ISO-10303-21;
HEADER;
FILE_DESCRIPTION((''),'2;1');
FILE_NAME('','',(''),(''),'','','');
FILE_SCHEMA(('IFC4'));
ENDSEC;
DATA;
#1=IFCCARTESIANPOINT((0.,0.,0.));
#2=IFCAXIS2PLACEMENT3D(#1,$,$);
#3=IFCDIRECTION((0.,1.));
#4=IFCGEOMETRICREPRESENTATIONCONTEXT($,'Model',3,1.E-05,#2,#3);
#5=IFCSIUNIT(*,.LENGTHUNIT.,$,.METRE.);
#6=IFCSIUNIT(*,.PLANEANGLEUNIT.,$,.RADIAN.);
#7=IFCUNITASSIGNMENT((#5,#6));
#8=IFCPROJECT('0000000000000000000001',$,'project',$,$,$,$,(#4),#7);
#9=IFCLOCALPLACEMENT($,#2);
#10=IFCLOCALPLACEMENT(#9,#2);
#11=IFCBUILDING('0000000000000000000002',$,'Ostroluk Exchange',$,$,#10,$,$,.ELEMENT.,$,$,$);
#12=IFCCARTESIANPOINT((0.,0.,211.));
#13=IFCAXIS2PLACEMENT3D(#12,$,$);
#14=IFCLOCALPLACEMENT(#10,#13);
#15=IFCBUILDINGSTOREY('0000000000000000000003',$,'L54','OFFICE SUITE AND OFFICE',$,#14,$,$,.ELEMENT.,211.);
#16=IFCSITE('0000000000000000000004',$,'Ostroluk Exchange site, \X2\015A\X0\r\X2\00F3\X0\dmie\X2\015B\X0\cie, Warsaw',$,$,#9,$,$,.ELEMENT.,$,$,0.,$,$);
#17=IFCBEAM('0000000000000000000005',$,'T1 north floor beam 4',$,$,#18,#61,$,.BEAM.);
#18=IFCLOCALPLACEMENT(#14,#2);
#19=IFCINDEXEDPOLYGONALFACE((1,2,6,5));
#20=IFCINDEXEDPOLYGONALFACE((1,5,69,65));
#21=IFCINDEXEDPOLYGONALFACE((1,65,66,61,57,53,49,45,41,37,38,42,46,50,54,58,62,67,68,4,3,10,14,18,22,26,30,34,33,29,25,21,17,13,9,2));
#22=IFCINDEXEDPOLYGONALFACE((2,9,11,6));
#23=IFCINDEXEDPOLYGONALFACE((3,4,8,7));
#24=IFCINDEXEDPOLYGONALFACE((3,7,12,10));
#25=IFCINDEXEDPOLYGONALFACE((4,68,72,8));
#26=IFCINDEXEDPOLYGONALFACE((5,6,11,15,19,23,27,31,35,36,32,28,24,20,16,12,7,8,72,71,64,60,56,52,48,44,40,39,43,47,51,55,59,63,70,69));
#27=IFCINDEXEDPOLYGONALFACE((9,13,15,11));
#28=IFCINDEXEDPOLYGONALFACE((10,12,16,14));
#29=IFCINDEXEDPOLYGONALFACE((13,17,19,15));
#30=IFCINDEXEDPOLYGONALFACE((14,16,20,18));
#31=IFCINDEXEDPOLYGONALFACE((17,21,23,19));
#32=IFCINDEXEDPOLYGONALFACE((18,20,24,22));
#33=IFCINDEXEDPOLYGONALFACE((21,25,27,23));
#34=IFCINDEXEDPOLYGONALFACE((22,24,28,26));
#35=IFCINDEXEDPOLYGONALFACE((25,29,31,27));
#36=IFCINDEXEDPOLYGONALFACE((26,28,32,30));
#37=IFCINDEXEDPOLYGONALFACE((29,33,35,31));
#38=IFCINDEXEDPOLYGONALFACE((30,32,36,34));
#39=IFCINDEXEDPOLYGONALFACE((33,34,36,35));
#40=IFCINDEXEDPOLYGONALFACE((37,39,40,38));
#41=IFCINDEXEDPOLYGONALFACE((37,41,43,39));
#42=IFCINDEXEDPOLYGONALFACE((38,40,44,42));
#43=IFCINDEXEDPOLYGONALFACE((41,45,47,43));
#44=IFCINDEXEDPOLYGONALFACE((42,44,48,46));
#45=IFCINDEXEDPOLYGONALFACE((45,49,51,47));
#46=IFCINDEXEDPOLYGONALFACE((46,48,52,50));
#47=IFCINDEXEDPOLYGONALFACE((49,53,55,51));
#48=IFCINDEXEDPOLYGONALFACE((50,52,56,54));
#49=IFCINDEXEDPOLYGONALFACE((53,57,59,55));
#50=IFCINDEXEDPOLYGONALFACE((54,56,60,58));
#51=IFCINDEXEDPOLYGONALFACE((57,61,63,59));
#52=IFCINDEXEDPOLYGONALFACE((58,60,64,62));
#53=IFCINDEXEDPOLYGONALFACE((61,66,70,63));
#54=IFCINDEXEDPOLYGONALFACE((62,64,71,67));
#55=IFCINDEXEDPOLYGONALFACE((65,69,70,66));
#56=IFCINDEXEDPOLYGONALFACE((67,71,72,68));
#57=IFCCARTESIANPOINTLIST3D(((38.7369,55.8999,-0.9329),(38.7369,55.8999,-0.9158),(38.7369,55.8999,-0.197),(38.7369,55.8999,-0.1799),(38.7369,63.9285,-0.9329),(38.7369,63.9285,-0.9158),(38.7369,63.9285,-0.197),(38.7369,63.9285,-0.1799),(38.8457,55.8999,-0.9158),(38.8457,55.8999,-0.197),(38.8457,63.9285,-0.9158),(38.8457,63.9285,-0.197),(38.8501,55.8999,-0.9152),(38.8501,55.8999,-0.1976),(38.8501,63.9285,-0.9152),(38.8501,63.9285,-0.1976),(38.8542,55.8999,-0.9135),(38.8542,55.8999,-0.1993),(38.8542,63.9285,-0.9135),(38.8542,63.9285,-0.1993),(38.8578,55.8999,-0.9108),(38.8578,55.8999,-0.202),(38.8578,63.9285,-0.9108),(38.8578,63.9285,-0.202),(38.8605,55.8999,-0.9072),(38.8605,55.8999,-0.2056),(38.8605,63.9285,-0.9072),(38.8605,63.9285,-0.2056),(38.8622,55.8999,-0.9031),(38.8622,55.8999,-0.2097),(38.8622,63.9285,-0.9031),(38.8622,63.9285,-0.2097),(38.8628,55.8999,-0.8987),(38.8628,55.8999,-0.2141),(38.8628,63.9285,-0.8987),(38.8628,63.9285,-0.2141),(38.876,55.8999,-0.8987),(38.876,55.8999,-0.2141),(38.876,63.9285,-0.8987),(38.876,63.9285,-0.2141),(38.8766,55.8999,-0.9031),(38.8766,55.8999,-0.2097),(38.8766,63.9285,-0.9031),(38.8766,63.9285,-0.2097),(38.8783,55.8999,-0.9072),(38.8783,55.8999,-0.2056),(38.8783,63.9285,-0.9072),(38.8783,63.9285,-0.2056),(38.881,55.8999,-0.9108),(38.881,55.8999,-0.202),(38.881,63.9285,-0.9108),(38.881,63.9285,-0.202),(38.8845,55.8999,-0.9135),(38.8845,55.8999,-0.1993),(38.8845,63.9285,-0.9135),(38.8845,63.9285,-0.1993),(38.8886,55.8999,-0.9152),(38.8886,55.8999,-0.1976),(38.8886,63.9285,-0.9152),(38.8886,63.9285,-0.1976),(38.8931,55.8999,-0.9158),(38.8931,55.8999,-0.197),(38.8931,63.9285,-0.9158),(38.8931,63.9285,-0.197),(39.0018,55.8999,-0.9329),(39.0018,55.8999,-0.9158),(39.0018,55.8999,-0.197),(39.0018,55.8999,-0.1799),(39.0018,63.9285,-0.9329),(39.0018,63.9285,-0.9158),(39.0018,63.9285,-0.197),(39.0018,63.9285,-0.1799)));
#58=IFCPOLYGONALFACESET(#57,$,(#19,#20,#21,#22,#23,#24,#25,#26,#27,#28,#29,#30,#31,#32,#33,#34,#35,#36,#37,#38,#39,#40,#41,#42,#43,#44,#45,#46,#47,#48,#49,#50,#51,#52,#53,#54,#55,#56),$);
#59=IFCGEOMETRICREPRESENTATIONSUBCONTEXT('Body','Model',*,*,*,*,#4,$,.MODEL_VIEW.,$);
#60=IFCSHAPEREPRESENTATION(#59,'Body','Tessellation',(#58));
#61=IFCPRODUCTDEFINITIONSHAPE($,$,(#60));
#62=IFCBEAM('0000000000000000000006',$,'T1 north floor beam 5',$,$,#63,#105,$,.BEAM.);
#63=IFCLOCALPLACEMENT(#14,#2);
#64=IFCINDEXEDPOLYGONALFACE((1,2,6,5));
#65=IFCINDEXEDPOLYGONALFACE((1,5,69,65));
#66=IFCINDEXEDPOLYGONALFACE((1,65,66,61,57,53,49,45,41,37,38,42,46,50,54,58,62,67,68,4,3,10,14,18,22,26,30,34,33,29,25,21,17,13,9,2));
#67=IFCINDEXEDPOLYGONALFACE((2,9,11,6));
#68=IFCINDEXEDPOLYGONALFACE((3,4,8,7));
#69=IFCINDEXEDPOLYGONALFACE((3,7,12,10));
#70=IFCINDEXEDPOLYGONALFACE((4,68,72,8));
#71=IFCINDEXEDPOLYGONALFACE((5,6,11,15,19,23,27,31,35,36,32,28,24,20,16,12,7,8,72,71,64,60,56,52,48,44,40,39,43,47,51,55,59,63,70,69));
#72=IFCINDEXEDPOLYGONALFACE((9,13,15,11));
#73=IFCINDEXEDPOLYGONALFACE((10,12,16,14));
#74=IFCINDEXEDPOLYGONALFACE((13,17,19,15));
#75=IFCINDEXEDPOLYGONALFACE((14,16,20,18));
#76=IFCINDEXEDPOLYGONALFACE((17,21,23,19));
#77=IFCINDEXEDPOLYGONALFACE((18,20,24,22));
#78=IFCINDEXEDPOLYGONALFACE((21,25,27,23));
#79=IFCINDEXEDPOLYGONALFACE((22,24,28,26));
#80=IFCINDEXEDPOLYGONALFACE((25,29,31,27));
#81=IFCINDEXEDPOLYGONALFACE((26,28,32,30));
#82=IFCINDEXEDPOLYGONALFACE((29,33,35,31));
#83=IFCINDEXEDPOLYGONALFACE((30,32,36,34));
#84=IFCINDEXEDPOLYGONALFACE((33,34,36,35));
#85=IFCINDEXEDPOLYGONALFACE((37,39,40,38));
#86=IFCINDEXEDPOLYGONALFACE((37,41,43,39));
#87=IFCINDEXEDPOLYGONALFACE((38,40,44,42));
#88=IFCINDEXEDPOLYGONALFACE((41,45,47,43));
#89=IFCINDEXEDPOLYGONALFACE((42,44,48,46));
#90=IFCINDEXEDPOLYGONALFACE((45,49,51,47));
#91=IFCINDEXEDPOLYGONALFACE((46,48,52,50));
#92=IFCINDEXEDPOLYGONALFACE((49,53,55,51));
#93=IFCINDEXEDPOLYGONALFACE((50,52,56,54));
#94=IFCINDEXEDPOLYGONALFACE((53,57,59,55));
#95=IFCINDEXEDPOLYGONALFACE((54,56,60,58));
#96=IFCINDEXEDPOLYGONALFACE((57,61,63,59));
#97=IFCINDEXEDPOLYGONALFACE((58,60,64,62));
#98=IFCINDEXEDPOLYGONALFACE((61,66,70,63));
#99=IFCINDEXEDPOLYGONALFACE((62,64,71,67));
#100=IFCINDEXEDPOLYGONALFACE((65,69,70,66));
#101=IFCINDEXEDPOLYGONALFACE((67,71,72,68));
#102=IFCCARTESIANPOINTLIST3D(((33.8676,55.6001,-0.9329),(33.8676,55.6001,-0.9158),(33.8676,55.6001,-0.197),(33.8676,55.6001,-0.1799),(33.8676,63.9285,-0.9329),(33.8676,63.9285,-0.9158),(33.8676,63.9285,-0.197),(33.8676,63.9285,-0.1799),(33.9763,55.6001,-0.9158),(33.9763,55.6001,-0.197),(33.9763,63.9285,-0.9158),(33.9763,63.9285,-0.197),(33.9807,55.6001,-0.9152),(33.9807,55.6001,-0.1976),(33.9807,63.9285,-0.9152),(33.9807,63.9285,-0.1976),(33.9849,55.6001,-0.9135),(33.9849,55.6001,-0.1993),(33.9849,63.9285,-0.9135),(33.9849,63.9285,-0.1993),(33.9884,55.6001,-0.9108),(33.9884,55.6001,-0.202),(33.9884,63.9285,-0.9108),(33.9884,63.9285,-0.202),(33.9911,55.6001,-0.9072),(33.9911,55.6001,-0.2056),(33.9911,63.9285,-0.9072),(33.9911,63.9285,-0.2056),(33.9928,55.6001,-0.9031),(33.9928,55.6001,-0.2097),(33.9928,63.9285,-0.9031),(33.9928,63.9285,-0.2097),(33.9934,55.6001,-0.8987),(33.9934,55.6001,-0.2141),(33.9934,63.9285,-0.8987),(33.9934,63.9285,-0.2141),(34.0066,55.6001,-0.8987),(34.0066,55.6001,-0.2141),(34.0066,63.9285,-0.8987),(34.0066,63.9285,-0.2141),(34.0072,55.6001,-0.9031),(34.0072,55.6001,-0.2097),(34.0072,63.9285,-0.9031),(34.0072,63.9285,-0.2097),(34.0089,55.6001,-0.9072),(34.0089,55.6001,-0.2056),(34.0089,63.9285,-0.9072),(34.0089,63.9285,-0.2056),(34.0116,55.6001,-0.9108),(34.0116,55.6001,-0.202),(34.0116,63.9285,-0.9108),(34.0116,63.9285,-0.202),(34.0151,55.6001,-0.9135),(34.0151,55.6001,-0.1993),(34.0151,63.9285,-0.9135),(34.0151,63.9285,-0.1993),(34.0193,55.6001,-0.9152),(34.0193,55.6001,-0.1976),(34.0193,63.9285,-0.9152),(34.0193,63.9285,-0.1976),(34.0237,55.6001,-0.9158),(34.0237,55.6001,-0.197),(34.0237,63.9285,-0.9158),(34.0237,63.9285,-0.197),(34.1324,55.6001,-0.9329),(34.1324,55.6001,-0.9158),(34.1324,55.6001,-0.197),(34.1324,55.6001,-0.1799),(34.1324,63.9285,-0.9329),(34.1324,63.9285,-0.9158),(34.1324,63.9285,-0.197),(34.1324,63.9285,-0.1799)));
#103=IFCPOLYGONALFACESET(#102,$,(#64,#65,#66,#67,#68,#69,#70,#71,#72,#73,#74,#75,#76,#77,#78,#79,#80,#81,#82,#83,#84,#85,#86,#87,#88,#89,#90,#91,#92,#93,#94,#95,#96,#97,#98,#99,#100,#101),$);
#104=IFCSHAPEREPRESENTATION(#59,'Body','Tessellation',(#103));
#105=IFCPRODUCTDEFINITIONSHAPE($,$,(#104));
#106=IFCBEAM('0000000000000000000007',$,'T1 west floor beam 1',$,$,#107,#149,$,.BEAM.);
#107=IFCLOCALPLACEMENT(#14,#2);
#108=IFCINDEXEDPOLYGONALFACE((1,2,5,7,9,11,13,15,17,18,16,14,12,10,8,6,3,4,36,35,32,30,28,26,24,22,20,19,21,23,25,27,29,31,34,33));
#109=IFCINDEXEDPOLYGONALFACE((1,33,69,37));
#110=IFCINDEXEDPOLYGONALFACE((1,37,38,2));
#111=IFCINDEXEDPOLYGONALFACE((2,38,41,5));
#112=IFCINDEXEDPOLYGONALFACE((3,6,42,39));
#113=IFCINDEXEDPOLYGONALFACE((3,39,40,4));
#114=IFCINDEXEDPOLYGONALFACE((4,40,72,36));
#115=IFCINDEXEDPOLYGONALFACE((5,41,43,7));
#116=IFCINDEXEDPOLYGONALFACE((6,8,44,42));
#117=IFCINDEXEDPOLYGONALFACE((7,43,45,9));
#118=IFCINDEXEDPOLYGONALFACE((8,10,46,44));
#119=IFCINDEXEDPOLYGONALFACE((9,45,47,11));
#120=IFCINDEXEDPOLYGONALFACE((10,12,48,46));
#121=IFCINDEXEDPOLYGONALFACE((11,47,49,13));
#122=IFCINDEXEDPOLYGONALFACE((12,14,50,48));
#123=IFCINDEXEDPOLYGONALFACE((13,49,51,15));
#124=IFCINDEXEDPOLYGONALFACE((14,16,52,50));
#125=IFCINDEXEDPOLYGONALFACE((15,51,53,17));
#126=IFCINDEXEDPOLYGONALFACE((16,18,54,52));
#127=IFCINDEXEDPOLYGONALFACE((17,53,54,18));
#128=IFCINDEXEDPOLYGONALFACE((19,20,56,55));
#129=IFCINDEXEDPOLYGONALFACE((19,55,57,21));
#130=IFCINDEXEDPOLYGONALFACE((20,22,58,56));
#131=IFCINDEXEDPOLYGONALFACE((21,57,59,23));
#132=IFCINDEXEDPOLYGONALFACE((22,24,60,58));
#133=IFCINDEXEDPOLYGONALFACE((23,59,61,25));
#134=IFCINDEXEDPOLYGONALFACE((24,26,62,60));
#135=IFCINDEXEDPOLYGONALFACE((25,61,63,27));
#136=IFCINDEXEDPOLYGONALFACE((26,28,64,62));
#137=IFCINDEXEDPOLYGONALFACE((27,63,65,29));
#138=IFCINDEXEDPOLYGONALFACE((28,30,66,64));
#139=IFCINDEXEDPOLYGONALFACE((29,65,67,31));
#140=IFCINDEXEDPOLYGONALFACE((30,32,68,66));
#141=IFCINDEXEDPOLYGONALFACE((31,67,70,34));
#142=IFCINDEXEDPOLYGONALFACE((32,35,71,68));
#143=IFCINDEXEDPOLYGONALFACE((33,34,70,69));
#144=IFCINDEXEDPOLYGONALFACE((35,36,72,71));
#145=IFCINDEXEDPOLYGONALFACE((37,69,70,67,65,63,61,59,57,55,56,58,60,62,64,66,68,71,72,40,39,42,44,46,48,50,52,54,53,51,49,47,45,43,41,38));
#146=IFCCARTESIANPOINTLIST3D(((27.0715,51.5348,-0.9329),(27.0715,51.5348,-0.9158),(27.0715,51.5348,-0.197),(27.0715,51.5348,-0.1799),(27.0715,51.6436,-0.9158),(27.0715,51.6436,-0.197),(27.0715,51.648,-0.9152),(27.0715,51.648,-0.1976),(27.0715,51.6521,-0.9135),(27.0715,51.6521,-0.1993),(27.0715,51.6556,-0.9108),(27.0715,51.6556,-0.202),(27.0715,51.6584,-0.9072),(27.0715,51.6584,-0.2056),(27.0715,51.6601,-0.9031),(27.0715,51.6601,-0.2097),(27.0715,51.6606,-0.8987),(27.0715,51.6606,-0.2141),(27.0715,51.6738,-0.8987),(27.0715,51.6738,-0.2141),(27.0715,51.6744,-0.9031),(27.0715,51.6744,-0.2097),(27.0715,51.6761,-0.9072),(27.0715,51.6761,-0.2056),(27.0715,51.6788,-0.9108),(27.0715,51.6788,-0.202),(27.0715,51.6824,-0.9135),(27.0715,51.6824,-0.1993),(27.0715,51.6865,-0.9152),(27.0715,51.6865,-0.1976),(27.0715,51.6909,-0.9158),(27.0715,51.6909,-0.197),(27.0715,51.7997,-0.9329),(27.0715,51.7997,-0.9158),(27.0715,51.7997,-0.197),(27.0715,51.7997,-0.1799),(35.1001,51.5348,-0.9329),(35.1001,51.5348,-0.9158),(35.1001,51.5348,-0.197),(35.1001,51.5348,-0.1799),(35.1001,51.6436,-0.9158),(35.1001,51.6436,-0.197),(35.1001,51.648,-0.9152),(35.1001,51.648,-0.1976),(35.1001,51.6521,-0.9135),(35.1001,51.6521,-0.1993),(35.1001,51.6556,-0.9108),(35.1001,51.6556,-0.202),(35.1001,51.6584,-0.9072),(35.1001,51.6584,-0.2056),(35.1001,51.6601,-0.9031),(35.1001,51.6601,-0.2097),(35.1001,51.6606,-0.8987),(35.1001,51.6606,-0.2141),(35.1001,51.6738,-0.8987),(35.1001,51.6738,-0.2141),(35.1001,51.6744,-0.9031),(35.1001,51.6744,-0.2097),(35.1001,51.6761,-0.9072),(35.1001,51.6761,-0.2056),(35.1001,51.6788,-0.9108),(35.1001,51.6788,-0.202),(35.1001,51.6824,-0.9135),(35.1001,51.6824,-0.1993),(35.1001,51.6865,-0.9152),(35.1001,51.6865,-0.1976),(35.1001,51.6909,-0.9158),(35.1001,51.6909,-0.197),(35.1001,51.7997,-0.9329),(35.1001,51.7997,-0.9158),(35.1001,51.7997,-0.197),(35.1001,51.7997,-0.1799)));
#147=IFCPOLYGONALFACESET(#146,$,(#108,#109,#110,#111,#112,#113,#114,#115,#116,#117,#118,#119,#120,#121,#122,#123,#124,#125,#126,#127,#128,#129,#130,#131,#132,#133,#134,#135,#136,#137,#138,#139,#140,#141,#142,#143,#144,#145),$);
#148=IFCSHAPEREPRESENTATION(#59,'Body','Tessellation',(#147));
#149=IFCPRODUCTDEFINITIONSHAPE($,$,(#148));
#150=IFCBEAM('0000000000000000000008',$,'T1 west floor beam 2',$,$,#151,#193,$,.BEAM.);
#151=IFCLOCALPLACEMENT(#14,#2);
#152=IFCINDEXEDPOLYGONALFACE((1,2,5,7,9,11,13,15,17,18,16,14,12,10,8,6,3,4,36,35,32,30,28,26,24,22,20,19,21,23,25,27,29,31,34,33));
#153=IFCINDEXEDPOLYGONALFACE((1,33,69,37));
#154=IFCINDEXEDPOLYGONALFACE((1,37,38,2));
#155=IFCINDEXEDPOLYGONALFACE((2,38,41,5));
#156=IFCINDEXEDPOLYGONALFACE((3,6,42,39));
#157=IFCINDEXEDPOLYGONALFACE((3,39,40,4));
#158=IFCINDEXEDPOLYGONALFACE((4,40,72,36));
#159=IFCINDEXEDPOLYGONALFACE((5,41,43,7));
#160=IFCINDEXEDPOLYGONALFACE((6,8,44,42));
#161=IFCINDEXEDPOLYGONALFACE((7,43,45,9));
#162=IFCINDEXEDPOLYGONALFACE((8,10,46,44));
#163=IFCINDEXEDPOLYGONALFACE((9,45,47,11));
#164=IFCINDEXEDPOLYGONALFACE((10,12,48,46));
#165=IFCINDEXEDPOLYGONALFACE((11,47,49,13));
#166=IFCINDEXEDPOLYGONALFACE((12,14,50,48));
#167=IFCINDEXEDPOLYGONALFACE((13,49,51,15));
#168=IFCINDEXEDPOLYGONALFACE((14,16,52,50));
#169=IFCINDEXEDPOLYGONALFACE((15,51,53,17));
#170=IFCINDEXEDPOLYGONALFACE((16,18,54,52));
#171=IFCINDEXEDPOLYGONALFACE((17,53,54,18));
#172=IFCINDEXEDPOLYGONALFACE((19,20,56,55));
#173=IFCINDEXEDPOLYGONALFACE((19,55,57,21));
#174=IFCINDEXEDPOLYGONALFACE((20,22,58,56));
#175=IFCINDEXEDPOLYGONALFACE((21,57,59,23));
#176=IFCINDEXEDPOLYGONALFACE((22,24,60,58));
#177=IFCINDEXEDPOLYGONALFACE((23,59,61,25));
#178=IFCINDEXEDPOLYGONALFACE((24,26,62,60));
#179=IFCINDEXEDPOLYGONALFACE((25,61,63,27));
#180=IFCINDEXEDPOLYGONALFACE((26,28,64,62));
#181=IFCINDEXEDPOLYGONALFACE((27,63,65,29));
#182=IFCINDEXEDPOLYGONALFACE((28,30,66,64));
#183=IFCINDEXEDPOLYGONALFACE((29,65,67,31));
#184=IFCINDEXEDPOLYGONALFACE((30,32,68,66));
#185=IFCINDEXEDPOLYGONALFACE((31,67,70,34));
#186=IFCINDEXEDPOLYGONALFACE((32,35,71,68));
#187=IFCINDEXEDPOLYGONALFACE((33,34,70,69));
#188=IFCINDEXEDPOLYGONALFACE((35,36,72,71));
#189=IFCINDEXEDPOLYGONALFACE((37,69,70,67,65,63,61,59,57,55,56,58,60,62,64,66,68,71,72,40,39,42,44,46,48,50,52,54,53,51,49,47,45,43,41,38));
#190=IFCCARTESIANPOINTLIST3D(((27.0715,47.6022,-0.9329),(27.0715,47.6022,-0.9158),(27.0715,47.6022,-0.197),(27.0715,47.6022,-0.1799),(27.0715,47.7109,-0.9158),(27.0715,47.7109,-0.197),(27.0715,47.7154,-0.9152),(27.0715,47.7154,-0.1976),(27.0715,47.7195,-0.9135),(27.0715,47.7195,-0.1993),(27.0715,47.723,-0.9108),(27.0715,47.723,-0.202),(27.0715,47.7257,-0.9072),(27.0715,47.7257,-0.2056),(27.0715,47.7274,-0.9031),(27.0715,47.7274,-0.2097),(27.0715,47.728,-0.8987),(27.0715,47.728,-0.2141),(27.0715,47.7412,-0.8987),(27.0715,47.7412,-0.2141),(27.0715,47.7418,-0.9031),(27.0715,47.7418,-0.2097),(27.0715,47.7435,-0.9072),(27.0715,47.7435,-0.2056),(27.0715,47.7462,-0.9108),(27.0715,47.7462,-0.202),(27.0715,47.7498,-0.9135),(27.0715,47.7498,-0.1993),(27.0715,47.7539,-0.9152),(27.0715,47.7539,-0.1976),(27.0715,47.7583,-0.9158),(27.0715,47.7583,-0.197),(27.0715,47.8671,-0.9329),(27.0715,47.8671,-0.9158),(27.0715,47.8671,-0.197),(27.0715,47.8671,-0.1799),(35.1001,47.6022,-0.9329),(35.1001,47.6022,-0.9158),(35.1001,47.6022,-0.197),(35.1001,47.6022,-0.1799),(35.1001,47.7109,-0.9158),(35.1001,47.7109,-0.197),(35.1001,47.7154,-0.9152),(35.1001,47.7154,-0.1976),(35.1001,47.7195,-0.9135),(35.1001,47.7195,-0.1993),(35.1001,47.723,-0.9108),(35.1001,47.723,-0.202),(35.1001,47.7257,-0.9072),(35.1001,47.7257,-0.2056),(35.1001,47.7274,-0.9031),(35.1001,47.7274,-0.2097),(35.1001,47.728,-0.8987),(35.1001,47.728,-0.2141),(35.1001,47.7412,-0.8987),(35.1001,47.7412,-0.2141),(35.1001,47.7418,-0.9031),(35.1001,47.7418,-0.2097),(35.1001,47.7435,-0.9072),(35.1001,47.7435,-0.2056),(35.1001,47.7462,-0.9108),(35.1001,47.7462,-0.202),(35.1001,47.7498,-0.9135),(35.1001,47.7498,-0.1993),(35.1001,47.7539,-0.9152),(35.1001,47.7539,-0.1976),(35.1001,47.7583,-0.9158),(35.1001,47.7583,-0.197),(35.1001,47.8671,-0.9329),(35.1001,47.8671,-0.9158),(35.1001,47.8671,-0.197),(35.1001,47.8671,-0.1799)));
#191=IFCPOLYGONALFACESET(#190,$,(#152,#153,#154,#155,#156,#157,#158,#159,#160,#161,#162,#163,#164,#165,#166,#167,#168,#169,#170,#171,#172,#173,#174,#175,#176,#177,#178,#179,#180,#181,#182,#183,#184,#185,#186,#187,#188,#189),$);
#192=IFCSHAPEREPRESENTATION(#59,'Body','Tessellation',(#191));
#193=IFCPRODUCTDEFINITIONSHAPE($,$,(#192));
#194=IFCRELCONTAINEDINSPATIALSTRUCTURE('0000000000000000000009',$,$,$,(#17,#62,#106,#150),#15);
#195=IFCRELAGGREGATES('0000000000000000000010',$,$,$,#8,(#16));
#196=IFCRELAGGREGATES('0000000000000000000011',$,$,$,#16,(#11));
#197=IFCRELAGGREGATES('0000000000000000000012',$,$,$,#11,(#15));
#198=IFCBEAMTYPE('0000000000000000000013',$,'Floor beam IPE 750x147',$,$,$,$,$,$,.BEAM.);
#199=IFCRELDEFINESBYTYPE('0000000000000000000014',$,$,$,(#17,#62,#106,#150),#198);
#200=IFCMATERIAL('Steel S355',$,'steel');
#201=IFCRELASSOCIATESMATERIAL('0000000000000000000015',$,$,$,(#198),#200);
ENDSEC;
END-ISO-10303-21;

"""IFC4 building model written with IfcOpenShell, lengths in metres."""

from ifc_helpers import new_model, si_unit, direction, frame, origin, origin_2d, place, context, subcontext, project, spatial, i_section, extrude, material, material_profile, profile_set, type_object, element, save


model = new_model("IFC4")

# Units and contexts
model_context = context("Model", 3, precision=1e-05, world=origin(), true_north=direction((0.0, 1.0)))
body_context = subcontext(model_context, "Body", "Model", "MODEL_VIEW")
ifc_project = project(units=[si_unit("LENGTHUNIT", "METRE"), si_unit("PLANEANGLEUNIT", "RADIAN")], contexts=[model_context])

# Site, building, storey
site_placement = place(None, origin())
site = spatial("IfcSite", under=ifc_project, at=site_placement, Name="Ostroluk Exchange site, Śródmieście, Warsaw", CompositionType="ELEMENT", RefElevation=0.0)
building_placement = place(site_placement, origin())
building = spatial("IfcBuilding", under=site, at=building_placement, Name="Ostroluk Exchange", CompositionType="ELEMENT")
storey_placement = place(building_placement, frame((0.0, 0.0, 211.0)))
storey = spatial("IfcBuildingStorey", under=building, at=storey_placement, Name="L54", Description="OFFICE SUITE AND OFFICE", CompositionType="ELEMENT", Elevation=211.0)

# Beams
ifc_material_1 = material(Name="Steel S355", Category="steel")
ifc_material_profile_1 = material_profile(ifc_material_1, i_section(OverallWidth=0.2649, OverallDepth=0.7529, WebThickness=0.0132, FlangeThickness=0.0171, FilletRadius=0.0171, at=origin_2d()), Name="IPE 750x147")
ifc_profile_set_1 = profile_set([ifc_material_profile_1], Name="Steel S355")
beam_type_1 = type_object("IfcBeamType", Name="Floor beam IPE 750x147", PredefinedType="BEAM", material=ifc_profile_set_1)
beam_1_placement = place(storey_placement, frame((38.8694, 55.8999, -0.5564), z_axis=(0.0, 1.0, 0.0), x_axis=(-1.0, 0.0, 0.0)))
element("IfcBeam", 1, at=beam_1_placement, inside=storey, type_object=beam_type_1, Name="T1 north floor beam 4", PredefinedType="BEAM", context=body_context, shape_type="SweptSolid", body=[
    extrude(i_section(OverallWidth=0.2649, OverallDepth=0.7529, WebThickness=0.0132, FlangeThickness=0.0171, FilletRadius=0.0171, at=origin_2d()), origin(), (0.0, 0.0, 1.0), 8.0286),
])
beam_2_placement = place(storey_placement, frame((34.0, 55.6001, -0.5564), z_axis=(0.0, 1.0, 0.0), x_axis=(-1.0, 0.0, 0.0)))
element("IfcBeam", 2, at=beam_2_placement, inside=storey, type_object=beam_type_1, Name="T1 north floor beam 5", PredefinedType="BEAM", context=body_context, shape_type="SweptSolid", body=[
    extrude(i_section(OverallWidth=0.2649, OverallDepth=0.7529, WebThickness=0.0132, FlangeThickness=0.0171, FilletRadius=0.0171, at=origin_2d()), origin(), (0.0, 0.0, 1.0), 8.3284),
])
for number, where, z_axis, x_axis, name in (
    (3, (35.1001, 51.6672, -0.5564), (-1.0, 0.0, 0.0), (0.0, -1.0, 0.0), "T1 west floor beam 1"),
    (4, (35.1001, 47.7346, -0.5564), (-1.0, 0.0, 0.0), (0.0, -1.0, 0.0), "T1 west floor beam 2"),
):
    element("IfcBeam", number, at=place(storey_placement, frame(where, z_axis=z_axis, x_axis=x_axis)), inside=storey, type_object=beam_type_1, Name=name, PredefinedType="BEAM", context=body_context, shape_type="SweptSolid", body=[
        extrude(i_section(OverallWidth=0.2649, OverallDepth=0.7529, WebThickness=0.0132, FlangeThickness=0.0171, FilletRadius=0.0171, at=origin_2d()), origin(), (0.0, 0.0, 1.0), 8.0286),
    ])

save(model, "model.ifc")
